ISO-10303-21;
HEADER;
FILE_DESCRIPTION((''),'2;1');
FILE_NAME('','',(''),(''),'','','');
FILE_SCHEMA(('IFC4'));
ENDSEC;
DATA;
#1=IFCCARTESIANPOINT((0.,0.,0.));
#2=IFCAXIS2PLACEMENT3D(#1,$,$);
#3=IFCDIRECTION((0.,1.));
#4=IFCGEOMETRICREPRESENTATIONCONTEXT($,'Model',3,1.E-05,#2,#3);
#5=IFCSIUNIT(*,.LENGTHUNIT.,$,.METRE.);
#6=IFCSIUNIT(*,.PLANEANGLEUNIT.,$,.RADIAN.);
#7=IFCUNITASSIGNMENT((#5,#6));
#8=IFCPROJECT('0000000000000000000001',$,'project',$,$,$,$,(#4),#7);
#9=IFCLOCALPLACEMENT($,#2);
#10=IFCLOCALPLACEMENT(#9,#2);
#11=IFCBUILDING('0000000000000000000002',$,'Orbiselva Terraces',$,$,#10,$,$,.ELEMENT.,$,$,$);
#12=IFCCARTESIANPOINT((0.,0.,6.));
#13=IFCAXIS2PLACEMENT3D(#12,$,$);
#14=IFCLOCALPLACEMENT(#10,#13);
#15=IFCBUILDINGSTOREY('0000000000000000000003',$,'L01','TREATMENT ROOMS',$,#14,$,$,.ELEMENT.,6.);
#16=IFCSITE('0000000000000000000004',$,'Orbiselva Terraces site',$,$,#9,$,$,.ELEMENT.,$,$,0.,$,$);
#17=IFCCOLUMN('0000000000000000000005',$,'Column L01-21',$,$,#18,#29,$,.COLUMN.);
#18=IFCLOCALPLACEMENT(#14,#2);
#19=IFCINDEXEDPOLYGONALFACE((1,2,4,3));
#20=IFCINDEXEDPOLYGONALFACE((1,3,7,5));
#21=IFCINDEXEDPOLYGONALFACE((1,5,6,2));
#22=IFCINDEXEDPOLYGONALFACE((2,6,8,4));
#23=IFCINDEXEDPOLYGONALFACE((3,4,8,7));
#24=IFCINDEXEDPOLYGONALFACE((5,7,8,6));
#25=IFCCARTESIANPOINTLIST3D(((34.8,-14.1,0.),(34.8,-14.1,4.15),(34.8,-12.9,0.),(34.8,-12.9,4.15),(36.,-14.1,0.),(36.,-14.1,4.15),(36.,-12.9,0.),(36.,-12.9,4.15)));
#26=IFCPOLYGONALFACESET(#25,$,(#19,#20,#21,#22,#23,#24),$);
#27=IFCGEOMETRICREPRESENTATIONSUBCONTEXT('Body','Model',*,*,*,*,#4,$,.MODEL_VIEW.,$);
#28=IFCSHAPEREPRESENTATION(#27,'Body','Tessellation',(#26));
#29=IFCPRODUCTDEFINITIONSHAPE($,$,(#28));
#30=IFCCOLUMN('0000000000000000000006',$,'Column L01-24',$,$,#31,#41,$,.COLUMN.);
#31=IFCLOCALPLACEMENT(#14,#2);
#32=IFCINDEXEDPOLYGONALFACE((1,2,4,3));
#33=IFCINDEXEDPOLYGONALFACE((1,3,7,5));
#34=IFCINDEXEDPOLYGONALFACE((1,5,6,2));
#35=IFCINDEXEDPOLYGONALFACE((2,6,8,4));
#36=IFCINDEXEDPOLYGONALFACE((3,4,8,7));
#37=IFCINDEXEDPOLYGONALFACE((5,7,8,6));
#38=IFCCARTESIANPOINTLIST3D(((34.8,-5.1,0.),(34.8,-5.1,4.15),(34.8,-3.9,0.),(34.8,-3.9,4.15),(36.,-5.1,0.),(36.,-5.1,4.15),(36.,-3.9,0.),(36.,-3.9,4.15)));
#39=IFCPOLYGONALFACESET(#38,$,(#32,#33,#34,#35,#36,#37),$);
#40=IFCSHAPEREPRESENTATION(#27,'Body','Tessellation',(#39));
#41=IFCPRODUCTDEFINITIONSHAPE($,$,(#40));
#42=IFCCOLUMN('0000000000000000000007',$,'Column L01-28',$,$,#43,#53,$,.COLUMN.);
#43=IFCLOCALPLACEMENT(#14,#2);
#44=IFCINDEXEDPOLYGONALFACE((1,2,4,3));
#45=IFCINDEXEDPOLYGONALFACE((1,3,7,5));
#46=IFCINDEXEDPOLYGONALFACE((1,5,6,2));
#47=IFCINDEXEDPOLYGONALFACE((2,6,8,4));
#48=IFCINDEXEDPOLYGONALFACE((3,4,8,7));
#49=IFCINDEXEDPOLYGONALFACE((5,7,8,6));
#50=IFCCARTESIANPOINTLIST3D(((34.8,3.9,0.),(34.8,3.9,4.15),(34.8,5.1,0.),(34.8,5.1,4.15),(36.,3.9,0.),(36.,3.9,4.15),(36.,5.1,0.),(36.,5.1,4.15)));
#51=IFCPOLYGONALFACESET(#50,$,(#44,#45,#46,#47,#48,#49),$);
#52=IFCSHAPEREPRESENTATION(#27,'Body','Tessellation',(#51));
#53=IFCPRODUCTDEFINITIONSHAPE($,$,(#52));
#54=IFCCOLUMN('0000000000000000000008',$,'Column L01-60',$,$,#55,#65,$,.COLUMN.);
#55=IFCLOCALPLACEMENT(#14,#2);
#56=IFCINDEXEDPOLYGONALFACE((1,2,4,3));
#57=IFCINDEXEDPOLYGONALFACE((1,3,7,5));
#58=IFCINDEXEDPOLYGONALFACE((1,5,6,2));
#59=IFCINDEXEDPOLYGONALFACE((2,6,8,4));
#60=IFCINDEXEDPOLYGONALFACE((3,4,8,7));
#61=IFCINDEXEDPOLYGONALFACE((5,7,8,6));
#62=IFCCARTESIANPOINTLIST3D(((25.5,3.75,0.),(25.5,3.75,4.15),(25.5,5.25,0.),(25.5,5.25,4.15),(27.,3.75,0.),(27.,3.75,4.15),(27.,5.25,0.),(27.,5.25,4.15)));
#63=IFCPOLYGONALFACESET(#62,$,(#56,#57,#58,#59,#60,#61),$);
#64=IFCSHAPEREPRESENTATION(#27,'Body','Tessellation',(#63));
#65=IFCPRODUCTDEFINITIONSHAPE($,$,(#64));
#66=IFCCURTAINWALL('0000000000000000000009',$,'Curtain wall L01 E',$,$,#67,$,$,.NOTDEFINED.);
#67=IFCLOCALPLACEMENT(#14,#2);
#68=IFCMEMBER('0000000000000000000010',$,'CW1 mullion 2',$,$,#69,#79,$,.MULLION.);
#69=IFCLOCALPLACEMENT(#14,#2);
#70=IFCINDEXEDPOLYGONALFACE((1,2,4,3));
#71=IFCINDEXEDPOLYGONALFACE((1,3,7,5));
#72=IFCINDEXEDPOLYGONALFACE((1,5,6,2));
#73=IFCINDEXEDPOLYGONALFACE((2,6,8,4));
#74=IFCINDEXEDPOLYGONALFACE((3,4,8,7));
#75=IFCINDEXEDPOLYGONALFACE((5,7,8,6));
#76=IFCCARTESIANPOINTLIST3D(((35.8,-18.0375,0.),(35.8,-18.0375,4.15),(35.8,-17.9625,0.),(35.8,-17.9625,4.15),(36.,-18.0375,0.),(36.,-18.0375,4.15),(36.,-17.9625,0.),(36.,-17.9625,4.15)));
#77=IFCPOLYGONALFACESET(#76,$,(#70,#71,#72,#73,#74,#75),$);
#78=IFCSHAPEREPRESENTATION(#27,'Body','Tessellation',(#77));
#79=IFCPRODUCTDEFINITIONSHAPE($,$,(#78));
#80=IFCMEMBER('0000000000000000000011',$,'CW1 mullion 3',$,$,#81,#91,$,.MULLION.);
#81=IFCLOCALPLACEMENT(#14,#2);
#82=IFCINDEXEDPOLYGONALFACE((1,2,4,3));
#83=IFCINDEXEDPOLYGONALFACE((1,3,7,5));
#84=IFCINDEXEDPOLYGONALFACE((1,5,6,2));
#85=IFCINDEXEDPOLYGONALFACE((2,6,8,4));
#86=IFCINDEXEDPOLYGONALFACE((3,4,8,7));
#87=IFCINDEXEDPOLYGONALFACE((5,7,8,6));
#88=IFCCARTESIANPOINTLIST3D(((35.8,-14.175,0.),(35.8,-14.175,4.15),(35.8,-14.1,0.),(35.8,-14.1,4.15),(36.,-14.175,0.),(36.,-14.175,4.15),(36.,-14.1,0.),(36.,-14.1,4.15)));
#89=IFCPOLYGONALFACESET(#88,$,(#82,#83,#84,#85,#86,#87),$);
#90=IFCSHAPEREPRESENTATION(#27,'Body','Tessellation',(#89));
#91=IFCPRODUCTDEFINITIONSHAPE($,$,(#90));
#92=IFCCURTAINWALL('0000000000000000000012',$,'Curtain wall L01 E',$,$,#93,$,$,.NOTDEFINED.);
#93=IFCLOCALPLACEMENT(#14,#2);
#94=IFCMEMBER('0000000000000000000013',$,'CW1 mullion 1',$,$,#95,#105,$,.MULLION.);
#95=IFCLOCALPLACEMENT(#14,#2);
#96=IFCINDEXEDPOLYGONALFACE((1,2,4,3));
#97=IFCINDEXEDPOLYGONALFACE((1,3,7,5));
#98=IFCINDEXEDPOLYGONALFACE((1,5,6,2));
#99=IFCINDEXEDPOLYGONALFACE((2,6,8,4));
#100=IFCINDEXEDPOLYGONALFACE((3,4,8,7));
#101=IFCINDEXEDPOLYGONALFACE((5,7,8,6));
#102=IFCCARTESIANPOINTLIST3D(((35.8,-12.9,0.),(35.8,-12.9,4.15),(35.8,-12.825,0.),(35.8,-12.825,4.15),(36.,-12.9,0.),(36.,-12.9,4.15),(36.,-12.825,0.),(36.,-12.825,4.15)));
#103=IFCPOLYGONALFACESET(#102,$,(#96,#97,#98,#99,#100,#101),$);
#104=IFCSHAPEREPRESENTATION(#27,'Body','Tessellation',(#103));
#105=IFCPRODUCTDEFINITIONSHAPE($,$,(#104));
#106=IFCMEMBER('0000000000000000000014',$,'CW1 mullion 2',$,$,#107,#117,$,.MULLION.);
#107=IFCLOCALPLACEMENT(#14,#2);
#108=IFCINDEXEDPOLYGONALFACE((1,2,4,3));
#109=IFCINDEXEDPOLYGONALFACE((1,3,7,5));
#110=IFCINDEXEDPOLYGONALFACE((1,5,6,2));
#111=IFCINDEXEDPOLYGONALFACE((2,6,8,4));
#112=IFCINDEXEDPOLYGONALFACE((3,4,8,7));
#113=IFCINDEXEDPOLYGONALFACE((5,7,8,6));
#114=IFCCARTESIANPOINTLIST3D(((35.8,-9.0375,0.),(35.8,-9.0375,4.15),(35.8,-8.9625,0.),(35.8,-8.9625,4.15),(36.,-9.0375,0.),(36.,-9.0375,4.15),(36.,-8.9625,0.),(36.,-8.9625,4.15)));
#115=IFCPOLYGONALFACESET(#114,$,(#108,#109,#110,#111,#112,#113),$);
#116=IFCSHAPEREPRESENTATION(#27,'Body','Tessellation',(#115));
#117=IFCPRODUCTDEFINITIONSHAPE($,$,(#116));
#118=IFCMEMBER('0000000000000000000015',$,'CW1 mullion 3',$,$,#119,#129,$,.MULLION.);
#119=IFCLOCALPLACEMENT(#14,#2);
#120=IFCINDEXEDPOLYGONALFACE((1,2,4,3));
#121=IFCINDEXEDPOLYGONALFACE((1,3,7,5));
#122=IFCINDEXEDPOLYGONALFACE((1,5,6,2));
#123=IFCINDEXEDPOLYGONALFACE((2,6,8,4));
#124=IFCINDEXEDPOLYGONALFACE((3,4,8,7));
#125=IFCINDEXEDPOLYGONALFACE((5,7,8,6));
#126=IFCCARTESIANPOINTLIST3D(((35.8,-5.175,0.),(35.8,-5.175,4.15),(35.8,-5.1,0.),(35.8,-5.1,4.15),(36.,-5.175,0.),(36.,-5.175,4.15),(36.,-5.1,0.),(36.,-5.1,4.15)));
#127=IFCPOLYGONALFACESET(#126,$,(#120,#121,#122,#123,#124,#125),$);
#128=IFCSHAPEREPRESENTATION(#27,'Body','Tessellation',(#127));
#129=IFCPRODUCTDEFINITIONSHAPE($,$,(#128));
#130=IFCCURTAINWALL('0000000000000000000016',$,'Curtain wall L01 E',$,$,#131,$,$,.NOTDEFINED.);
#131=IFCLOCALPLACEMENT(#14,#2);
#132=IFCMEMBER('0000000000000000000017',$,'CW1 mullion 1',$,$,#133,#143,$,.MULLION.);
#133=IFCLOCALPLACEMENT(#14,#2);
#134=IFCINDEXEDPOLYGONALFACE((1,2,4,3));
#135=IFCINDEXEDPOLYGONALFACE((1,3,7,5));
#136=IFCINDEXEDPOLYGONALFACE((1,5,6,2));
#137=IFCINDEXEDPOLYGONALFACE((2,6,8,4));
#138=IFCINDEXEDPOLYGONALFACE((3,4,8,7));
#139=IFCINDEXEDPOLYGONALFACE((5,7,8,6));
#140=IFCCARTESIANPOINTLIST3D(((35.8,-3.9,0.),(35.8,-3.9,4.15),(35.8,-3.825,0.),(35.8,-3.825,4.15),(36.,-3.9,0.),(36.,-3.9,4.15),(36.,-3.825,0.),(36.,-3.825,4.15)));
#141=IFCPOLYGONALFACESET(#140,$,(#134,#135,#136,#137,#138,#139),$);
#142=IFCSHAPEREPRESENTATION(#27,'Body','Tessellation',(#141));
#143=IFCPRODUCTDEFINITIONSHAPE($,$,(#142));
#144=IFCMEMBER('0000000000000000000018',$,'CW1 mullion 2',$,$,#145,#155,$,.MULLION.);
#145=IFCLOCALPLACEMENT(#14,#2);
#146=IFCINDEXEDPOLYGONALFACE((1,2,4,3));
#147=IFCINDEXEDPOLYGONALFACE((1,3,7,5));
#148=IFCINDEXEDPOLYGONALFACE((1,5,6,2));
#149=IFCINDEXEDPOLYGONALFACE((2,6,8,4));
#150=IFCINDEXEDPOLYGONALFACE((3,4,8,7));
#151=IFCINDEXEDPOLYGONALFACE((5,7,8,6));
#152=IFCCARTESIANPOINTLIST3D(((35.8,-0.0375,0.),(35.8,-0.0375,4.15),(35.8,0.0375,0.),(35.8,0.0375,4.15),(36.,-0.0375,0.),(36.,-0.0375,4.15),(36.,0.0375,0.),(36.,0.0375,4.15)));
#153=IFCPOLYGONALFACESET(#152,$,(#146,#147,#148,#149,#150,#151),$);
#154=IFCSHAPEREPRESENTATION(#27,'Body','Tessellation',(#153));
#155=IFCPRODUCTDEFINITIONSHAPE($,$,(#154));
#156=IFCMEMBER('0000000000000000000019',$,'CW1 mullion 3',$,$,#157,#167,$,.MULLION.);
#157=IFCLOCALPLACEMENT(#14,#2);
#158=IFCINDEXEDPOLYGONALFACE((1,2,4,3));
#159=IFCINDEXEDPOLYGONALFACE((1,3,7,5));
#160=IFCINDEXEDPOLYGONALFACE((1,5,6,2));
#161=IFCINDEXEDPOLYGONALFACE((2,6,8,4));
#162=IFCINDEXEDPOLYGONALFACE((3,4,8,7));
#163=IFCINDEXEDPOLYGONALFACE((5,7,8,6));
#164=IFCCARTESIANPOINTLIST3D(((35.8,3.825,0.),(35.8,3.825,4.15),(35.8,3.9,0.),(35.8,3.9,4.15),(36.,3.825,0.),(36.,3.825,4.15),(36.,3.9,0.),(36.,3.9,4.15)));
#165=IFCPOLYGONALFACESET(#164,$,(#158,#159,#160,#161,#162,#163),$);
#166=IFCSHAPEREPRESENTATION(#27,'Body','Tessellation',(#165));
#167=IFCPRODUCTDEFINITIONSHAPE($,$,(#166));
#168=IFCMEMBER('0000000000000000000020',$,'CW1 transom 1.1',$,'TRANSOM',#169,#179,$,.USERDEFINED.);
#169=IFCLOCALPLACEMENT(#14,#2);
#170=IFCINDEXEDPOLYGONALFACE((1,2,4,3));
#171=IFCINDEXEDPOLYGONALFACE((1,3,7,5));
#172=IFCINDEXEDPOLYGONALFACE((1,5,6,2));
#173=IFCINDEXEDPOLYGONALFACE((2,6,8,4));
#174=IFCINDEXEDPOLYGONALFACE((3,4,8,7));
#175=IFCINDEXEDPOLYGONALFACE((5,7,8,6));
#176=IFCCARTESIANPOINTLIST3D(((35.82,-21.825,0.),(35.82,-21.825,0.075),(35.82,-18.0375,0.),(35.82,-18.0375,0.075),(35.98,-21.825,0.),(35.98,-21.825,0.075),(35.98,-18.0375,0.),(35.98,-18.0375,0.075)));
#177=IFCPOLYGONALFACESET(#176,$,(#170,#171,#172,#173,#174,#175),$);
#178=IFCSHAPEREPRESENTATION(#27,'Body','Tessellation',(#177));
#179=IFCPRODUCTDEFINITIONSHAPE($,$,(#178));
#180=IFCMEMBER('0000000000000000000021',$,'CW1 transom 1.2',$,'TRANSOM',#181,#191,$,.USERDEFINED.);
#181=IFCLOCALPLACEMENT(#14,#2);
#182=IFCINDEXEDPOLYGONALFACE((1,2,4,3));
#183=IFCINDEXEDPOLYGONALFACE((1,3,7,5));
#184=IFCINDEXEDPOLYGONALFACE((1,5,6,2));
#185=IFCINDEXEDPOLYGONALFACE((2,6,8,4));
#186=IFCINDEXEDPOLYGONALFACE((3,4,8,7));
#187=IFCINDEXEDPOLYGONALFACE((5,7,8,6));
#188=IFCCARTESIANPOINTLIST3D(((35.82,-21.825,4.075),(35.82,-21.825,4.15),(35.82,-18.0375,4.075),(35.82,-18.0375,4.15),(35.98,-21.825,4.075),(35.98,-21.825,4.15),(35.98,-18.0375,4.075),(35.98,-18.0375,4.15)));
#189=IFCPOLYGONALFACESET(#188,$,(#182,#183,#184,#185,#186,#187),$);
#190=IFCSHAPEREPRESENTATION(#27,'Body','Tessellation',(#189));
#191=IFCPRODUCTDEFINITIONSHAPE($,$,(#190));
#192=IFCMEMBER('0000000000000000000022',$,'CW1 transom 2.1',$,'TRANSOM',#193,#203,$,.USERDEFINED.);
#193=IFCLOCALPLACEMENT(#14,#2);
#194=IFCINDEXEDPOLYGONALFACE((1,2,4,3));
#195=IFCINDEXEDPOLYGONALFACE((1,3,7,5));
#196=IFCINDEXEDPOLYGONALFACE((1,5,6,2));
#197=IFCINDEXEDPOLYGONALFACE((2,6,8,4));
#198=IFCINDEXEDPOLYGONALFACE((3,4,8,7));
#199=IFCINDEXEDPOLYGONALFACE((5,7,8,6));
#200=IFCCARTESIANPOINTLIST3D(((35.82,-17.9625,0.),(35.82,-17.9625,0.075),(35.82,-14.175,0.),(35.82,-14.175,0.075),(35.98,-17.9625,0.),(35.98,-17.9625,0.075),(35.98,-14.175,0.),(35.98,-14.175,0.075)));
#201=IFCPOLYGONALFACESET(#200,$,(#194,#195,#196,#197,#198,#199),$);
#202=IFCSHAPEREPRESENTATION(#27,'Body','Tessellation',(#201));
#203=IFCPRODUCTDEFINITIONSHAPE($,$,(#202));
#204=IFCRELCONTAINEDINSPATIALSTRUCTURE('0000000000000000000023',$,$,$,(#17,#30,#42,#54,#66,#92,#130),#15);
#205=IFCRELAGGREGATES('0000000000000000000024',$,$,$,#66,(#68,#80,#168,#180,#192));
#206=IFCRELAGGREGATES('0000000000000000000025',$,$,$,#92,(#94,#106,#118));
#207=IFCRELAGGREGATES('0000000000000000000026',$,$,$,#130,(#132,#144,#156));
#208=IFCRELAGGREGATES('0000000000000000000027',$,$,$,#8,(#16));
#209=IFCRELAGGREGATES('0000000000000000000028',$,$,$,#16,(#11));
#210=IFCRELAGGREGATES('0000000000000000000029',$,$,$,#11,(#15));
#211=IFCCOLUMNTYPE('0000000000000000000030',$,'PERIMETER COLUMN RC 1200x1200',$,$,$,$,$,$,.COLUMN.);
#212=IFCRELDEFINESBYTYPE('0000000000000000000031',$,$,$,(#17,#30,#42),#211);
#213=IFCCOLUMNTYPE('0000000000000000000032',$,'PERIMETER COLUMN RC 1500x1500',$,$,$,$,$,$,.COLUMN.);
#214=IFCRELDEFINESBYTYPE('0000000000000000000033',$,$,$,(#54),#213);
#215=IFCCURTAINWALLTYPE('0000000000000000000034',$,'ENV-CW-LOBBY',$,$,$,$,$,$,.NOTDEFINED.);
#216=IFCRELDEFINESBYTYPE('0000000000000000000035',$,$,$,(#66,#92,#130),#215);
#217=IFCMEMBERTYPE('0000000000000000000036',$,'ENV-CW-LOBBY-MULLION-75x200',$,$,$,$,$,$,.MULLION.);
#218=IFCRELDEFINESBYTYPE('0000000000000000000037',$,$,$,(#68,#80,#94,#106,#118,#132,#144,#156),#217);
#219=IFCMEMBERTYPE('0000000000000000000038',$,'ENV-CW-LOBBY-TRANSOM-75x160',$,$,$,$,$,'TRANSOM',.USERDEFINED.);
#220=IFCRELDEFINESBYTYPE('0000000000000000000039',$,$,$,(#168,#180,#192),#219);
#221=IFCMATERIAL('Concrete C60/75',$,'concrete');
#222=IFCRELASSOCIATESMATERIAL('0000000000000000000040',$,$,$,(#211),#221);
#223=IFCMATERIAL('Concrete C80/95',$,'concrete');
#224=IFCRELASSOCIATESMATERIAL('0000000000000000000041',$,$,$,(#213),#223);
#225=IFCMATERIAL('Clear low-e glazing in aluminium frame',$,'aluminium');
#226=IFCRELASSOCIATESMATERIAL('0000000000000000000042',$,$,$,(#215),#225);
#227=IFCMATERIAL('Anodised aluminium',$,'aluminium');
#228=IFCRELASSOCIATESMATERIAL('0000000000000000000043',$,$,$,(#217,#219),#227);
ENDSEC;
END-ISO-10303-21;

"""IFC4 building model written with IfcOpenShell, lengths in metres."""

from ifc_helpers import new_model, si_unit, direction, frame, origin, origin_2d, place, context, subcontext, project, spatial, rectangle, extrude, material, material_profile, profile_set, type_object, element, aggregate, save


model = new_model("IFC4")

# Units and contexts
model_context = context("Model", 3, precision=1e-05, world=origin(), true_north=direction((0.0, 1.0)))
body_context = subcontext(model_context, "Body", "Model", "MODEL_VIEW")
ifc_project = project(units=[si_unit("LENGTHUNIT", "METRE"), si_unit("PLANEANGLEUNIT", "RADIAN")], contexts=[model_context])

# Site, building, storey
site_placement = place(None, origin())
site = spatial("IfcSite", under=ifc_project, at=site_placement, Name="Orbiselva Terraces site", CompositionType="ELEMENT", RefElevation=0.0)
building_placement = place(site_placement, origin())
building = spatial("IfcBuilding", under=site, at=building_placement, Name="Orbiselva Terraces", CompositionType="ELEMENT")
storey_placement = place(building_placement, frame((0.0, 0.0, 6.0)))
storey = spatial("IfcBuildingStorey", under=building, at=storey_placement, Name="L01", Description="TREATMENT ROOMS", CompositionType="ELEMENT", Elevation=6.0)

# Columns
ifc_material_1 = material(Name="Concrete C60/75", Category="concrete")
ifc_material_profile_1 = material_profile(ifc_material_1, rectangle(XDim=1.2, YDim=1.2, at=origin_2d()), Name="RC 1200x1200")
ifc_profile_set_1 = profile_set([ifc_material_profile_1], Name="Concrete C60/75")
column_type_1 = type_object("IfcColumnType", Name="PERIMETER COLUMN RC 1200x1200", PredefinedType="COLUMN", material=ifc_profile_set_1)
for number, where, z_axis, x_axis, name in (
    (1, (35.4, -13.5, 0.0), (0.0, 0.0, 1.0), (1.0, 0.0, 0.0), "Column L01-21"),
    (2, (35.4, -4.5, 0.0), (0.0, 0.0, 1.0), (1.0, 0.0, 0.0), "Column L01-24"),
    (3, (35.4, 4.5, 0.0), (0.0, 0.0, 1.0), (1.0, 0.0, 0.0), "Column L01-28"),
):
    element("IfcColumn", number, at=place(storey_placement, frame(where, z_axis=z_axis, x_axis=x_axis)), inside=storey, type_object=column_type_1, Name=name, PredefinedType="COLUMN", context=body_context, shape_type="SweptSolid", body=[
        extrude(rectangle(XDim=1.2, YDim=1.2, at=origin_2d()), origin(), (0.0, 0.0, 1.0), 4.15),
    ])
ifc_material_2 = material(Name="Concrete C80/95", Category="concrete")
ifc_material_profile_2 = material_profile(ifc_material_2, rectangle(XDim=1.5, YDim=1.5, at=origin_2d()), Name="RC 1500x1500")
ifc_profile_set_2 = profile_set([ifc_material_profile_2], Name="Concrete C80/95")
column_type_2 = type_object("IfcColumnType", Name="PERIMETER COLUMN RC 1500x1500", PredefinedType="COLUMN", material=ifc_profile_set_2)
column_placement = place(storey_placement, frame((26.25, 4.5, 0.0), z_axis=(0.0, 0.0, 1.0), x_axis=(1.0, 0.0, 0.0)))
element("IfcColumn", 4, at=column_placement, inside=storey, type_object=column_type_2, Name="Column L01-60", PredefinedType="COLUMN", context=body_context, shape_type="SweptSolid", body=[
    extrude(rectangle(XDim=1.5, YDim=1.5, at=origin_2d()), origin(), (0.0, 0.0, 1.0), 4.15),
])

# Curtain walls, members
ifc_material_3 = material(Name="Clear low-e glazing in aluminium frame", Category="aluminium")
curtain_wall_type = type_object("IfcCurtainWallType", Name="ENV-CW-LOBBY", PredefinedType="NOTDEFINED", material=ifc_material_3)
curtain_wall_1_placement = place(storey_placement, origin())
curtain_wall_1 = element("IfcCurtainWall", 5, at=curtain_wall_1_placement, inside=storey, type_object=curtain_wall_type, Name="Curtain wall L01 E", PredefinedType="NOTDEFINED")
ifc_material_4 = material(Name="Anodised aluminium", Category="aluminium")
ifc_material_profile_3 = material_profile(ifc_material_4, rectangle(XDim=0.2, YDim=0.075, at=origin_2d()), Name="AL 75x200")
ifc_profile_set_3 = profile_set([ifc_material_profile_3], Name="Anodised aluminium")
member_type_1 = type_object("IfcMemberType", Name="ENV-CW-LOBBY-MULLION-75x200", PredefinedType="MULLION", material=ifc_profile_set_3)
member_1_placement = place(storey_placement, frame((35.9, -18.0, 0.0), z_axis=(0.0, 0.0, 1.0), x_axis=(-1.0, 0.0, 0.0)))
member_1 = element("IfcMember", 6, at=member_1_placement, type_object=member_type_1, Name="CW1 mullion 2", PredefinedType="MULLION", context=body_context, shape_type="SweptSolid", body=[
    extrude(rectangle(XDim=0.2, YDim=0.075, at=origin_2d()), origin(), (0.0, 0.0, 1.0), 4.15),
])
member_2_placement = place(storey_placement, frame((35.9, -14.1375, 0.0), z_axis=(0.0, 0.0, 1.0), x_axis=(-1.0, 0.0, 0.0)))
member_2 = element("IfcMember", 7, at=member_2_placement, type_object=member_type_1, Name="CW1 mullion 3", PredefinedType="MULLION", context=body_context, shape_type="SweptSolid", body=[
    extrude(rectangle(XDim=0.2, YDim=0.075, at=origin_2d()), origin(), (0.0, 0.0, 1.0), 4.15),
])
curtain_wall_2_placement = place(storey_placement, origin())
curtain_wall_2 = element("IfcCurtainWall", 8, at=curtain_wall_2_placement, inside=storey, type_object=curtain_wall_type, Name="Curtain wall L01 E", PredefinedType="NOTDEFINED")
member_3_placement = place(storey_placement, frame((35.9, -12.8625, 0.0), z_axis=(0.0, 0.0, 1.0), x_axis=(-1.0, 0.0, 0.0)))
member_3 = element("IfcMember", 9, at=member_3_placement, type_object=member_type_1, Name="CW1 mullion 1", PredefinedType="MULLION", context=body_context, shape_type="SweptSolid", body=[
    extrude(rectangle(XDim=0.2, YDim=0.075, at=origin_2d()), origin(), (0.0, 0.0, 1.0), 4.15),
])
member_4_placement = place(storey_placement, frame((35.9, -9.0, 0.0), z_axis=(0.0, 0.0, 1.0), x_axis=(-1.0, 0.0, 0.0)))
member_4 = element("IfcMember", 10, at=member_4_placement, type_object=member_type_1, Name="CW1 mullion 2", PredefinedType="MULLION", context=body_context, shape_type="SweptSolid", body=[
    extrude(rectangle(XDim=0.2, YDim=0.075, at=origin_2d()), origin(), (0.0, 0.0, 1.0), 4.15),
])
member_5_placement = place(storey_placement, frame((35.9, -5.1375, 0.0), z_axis=(0.0, 0.0, 1.0), x_axis=(-1.0, 0.0, 0.0)))
member_5 = element("IfcMember", 11, at=member_5_placement, type_object=member_type_1, Name="CW1 mullion 3", PredefinedType="MULLION", context=body_context, shape_type="SweptSolid", body=[
    extrude(rectangle(XDim=0.2, YDim=0.075, at=origin_2d()), origin(), (0.0, 0.0, 1.0), 4.15),
])
curtain_wall_3_placement = place(storey_placement, origin())
curtain_wall_3 = element("IfcCurtainWall", 12, at=curtain_wall_3_placement, inside=storey, type_object=curtain_wall_type, Name="Curtain wall L01 E", PredefinedType="NOTDEFINED")
member_6_placement = place(storey_placement, frame((35.9, -3.8625, 0.0), z_axis=(0.0, 0.0, 1.0), x_axis=(-1.0, 0.0, 0.0)))
member_6 = element("IfcMember", 13, at=member_6_placement, type_object=member_type_1, Name="CW1 mullion 1", PredefinedType="MULLION", context=body_context, shape_type="SweptSolid", body=[
    extrude(rectangle(XDim=0.2, YDim=0.075, at=origin_2d()), origin(), (0.0, 0.0, 1.0), 4.15),
])
member_7_placement = place(storey_placement, frame((35.9, 0.0, 0.0), z_axis=(0.0, 0.0, 1.0), x_axis=(-1.0, 0.0, 0.0)))
member_7 = element("IfcMember", 14, at=member_7_placement, type_object=member_type_1, Name="CW1 mullion 2", PredefinedType="MULLION", context=body_context, shape_type="SweptSolid", body=[
    extrude(rectangle(XDim=0.2, YDim=0.075, at=origin_2d()), origin(), (0.0, 0.0, 1.0), 4.15),
])
member_8_placement = place(storey_placement, frame((35.9, 3.8625, 0.0), z_axis=(0.0, 0.0, 1.0), x_axis=(-1.0, 0.0, 0.0)))
member_8 = element("IfcMember", 15, at=member_8_placement, type_object=member_type_1, Name="CW1 mullion 3", PredefinedType="MULLION", context=body_context, shape_type="SweptSolid", body=[
    extrude(rectangle(XDim=0.2, YDim=0.075, at=origin_2d()), origin(), (0.0, 0.0, 1.0), 4.15),
])

# Members
ifc_material_profile_4 = material_profile(ifc_material_4, rectangle(XDim=0.16, YDim=0.075, at=origin_2d()), Name="AL 75x160")
ifc_profile_set_4 = profile_set([ifc_material_profile_4], Name="Anodised aluminium")
member_type_2 = type_object("IfcMemberType", Name="ENV-CW-LOBBY-TRANSOM-75x160", ElementType="TRANSOM", PredefinedType="USERDEFINED", material=ifc_profile_set_4)
member_9_placement = place(storey_placement, frame((35.9, -21.825, 0.0375), z_axis=(0.0, 1.0, 0.0), x_axis=(-1.0, 0.0, 0.0)))
member_9 = element("IfcMember", 16, at=member_9_placement, type_object=member_type_2, Name="CW1 transom 1.1", ObjectType="TRANSOM", PredefinedType="USERDEFINED", context=body_context, shape_type="SweptSolid", body=[
    extrude(rectangle(XDim=0.16, YDim=0.075, at=origin_2d()), origin(), (0.0, 0.0, 1.0), 3.7875),
])
member_10_placement = place(storey_placement, frame((35.9, -21.825, 4.1125), z_axis=(0.0, 1.0, 0.0), x_axis=(-1.0, 0.0, 0.0)))
member_10 = element("IfcMember", 17, at=member_10_placement, type_object=member_type_2, Name="CW1 transom 1.2", ObjectType="TRANSOM", PredefinedType="USERDEFINED", context=body_context, shape_type="SweptSolid", body=[
    extrude(rectangle(XDim=0.16, YDim=0.075, at=origin_2d()), origin(), (0.0, 0.0, 1.0), 3.7875),
])
member_11_placement = place(storey_placement, frame((35.9, -17.9625, 0.0375), z_axis=(0.0, 1.0, 0.0), x_axis=(-1.0, 0.0, 0.0)))
member_11 = element("IfcMember", 18, at=member_11_placement, type_object=member_type_2, Name="CW1 transom 2.1", ObjectType="TRANSOM", PredefinedType="USERDEFINED", context=body_context, shape_type="SweptSolid", body=[
    extrude(rectangle(XDim=0.16, YDim=0.075, at=origin_2d()), origin(), (0.0, 0.0, 1.0), 3.7875),
])

aggregate(curtain_wall_1, [member_1, member_2, member_9, member_10, member_11])
aggregate(curtain_wall_2, [member_3, member_4, member_5])
aggregate(curtain_wall_3, [member_6, member_7, member_8])

save(model, "model.ifc")
